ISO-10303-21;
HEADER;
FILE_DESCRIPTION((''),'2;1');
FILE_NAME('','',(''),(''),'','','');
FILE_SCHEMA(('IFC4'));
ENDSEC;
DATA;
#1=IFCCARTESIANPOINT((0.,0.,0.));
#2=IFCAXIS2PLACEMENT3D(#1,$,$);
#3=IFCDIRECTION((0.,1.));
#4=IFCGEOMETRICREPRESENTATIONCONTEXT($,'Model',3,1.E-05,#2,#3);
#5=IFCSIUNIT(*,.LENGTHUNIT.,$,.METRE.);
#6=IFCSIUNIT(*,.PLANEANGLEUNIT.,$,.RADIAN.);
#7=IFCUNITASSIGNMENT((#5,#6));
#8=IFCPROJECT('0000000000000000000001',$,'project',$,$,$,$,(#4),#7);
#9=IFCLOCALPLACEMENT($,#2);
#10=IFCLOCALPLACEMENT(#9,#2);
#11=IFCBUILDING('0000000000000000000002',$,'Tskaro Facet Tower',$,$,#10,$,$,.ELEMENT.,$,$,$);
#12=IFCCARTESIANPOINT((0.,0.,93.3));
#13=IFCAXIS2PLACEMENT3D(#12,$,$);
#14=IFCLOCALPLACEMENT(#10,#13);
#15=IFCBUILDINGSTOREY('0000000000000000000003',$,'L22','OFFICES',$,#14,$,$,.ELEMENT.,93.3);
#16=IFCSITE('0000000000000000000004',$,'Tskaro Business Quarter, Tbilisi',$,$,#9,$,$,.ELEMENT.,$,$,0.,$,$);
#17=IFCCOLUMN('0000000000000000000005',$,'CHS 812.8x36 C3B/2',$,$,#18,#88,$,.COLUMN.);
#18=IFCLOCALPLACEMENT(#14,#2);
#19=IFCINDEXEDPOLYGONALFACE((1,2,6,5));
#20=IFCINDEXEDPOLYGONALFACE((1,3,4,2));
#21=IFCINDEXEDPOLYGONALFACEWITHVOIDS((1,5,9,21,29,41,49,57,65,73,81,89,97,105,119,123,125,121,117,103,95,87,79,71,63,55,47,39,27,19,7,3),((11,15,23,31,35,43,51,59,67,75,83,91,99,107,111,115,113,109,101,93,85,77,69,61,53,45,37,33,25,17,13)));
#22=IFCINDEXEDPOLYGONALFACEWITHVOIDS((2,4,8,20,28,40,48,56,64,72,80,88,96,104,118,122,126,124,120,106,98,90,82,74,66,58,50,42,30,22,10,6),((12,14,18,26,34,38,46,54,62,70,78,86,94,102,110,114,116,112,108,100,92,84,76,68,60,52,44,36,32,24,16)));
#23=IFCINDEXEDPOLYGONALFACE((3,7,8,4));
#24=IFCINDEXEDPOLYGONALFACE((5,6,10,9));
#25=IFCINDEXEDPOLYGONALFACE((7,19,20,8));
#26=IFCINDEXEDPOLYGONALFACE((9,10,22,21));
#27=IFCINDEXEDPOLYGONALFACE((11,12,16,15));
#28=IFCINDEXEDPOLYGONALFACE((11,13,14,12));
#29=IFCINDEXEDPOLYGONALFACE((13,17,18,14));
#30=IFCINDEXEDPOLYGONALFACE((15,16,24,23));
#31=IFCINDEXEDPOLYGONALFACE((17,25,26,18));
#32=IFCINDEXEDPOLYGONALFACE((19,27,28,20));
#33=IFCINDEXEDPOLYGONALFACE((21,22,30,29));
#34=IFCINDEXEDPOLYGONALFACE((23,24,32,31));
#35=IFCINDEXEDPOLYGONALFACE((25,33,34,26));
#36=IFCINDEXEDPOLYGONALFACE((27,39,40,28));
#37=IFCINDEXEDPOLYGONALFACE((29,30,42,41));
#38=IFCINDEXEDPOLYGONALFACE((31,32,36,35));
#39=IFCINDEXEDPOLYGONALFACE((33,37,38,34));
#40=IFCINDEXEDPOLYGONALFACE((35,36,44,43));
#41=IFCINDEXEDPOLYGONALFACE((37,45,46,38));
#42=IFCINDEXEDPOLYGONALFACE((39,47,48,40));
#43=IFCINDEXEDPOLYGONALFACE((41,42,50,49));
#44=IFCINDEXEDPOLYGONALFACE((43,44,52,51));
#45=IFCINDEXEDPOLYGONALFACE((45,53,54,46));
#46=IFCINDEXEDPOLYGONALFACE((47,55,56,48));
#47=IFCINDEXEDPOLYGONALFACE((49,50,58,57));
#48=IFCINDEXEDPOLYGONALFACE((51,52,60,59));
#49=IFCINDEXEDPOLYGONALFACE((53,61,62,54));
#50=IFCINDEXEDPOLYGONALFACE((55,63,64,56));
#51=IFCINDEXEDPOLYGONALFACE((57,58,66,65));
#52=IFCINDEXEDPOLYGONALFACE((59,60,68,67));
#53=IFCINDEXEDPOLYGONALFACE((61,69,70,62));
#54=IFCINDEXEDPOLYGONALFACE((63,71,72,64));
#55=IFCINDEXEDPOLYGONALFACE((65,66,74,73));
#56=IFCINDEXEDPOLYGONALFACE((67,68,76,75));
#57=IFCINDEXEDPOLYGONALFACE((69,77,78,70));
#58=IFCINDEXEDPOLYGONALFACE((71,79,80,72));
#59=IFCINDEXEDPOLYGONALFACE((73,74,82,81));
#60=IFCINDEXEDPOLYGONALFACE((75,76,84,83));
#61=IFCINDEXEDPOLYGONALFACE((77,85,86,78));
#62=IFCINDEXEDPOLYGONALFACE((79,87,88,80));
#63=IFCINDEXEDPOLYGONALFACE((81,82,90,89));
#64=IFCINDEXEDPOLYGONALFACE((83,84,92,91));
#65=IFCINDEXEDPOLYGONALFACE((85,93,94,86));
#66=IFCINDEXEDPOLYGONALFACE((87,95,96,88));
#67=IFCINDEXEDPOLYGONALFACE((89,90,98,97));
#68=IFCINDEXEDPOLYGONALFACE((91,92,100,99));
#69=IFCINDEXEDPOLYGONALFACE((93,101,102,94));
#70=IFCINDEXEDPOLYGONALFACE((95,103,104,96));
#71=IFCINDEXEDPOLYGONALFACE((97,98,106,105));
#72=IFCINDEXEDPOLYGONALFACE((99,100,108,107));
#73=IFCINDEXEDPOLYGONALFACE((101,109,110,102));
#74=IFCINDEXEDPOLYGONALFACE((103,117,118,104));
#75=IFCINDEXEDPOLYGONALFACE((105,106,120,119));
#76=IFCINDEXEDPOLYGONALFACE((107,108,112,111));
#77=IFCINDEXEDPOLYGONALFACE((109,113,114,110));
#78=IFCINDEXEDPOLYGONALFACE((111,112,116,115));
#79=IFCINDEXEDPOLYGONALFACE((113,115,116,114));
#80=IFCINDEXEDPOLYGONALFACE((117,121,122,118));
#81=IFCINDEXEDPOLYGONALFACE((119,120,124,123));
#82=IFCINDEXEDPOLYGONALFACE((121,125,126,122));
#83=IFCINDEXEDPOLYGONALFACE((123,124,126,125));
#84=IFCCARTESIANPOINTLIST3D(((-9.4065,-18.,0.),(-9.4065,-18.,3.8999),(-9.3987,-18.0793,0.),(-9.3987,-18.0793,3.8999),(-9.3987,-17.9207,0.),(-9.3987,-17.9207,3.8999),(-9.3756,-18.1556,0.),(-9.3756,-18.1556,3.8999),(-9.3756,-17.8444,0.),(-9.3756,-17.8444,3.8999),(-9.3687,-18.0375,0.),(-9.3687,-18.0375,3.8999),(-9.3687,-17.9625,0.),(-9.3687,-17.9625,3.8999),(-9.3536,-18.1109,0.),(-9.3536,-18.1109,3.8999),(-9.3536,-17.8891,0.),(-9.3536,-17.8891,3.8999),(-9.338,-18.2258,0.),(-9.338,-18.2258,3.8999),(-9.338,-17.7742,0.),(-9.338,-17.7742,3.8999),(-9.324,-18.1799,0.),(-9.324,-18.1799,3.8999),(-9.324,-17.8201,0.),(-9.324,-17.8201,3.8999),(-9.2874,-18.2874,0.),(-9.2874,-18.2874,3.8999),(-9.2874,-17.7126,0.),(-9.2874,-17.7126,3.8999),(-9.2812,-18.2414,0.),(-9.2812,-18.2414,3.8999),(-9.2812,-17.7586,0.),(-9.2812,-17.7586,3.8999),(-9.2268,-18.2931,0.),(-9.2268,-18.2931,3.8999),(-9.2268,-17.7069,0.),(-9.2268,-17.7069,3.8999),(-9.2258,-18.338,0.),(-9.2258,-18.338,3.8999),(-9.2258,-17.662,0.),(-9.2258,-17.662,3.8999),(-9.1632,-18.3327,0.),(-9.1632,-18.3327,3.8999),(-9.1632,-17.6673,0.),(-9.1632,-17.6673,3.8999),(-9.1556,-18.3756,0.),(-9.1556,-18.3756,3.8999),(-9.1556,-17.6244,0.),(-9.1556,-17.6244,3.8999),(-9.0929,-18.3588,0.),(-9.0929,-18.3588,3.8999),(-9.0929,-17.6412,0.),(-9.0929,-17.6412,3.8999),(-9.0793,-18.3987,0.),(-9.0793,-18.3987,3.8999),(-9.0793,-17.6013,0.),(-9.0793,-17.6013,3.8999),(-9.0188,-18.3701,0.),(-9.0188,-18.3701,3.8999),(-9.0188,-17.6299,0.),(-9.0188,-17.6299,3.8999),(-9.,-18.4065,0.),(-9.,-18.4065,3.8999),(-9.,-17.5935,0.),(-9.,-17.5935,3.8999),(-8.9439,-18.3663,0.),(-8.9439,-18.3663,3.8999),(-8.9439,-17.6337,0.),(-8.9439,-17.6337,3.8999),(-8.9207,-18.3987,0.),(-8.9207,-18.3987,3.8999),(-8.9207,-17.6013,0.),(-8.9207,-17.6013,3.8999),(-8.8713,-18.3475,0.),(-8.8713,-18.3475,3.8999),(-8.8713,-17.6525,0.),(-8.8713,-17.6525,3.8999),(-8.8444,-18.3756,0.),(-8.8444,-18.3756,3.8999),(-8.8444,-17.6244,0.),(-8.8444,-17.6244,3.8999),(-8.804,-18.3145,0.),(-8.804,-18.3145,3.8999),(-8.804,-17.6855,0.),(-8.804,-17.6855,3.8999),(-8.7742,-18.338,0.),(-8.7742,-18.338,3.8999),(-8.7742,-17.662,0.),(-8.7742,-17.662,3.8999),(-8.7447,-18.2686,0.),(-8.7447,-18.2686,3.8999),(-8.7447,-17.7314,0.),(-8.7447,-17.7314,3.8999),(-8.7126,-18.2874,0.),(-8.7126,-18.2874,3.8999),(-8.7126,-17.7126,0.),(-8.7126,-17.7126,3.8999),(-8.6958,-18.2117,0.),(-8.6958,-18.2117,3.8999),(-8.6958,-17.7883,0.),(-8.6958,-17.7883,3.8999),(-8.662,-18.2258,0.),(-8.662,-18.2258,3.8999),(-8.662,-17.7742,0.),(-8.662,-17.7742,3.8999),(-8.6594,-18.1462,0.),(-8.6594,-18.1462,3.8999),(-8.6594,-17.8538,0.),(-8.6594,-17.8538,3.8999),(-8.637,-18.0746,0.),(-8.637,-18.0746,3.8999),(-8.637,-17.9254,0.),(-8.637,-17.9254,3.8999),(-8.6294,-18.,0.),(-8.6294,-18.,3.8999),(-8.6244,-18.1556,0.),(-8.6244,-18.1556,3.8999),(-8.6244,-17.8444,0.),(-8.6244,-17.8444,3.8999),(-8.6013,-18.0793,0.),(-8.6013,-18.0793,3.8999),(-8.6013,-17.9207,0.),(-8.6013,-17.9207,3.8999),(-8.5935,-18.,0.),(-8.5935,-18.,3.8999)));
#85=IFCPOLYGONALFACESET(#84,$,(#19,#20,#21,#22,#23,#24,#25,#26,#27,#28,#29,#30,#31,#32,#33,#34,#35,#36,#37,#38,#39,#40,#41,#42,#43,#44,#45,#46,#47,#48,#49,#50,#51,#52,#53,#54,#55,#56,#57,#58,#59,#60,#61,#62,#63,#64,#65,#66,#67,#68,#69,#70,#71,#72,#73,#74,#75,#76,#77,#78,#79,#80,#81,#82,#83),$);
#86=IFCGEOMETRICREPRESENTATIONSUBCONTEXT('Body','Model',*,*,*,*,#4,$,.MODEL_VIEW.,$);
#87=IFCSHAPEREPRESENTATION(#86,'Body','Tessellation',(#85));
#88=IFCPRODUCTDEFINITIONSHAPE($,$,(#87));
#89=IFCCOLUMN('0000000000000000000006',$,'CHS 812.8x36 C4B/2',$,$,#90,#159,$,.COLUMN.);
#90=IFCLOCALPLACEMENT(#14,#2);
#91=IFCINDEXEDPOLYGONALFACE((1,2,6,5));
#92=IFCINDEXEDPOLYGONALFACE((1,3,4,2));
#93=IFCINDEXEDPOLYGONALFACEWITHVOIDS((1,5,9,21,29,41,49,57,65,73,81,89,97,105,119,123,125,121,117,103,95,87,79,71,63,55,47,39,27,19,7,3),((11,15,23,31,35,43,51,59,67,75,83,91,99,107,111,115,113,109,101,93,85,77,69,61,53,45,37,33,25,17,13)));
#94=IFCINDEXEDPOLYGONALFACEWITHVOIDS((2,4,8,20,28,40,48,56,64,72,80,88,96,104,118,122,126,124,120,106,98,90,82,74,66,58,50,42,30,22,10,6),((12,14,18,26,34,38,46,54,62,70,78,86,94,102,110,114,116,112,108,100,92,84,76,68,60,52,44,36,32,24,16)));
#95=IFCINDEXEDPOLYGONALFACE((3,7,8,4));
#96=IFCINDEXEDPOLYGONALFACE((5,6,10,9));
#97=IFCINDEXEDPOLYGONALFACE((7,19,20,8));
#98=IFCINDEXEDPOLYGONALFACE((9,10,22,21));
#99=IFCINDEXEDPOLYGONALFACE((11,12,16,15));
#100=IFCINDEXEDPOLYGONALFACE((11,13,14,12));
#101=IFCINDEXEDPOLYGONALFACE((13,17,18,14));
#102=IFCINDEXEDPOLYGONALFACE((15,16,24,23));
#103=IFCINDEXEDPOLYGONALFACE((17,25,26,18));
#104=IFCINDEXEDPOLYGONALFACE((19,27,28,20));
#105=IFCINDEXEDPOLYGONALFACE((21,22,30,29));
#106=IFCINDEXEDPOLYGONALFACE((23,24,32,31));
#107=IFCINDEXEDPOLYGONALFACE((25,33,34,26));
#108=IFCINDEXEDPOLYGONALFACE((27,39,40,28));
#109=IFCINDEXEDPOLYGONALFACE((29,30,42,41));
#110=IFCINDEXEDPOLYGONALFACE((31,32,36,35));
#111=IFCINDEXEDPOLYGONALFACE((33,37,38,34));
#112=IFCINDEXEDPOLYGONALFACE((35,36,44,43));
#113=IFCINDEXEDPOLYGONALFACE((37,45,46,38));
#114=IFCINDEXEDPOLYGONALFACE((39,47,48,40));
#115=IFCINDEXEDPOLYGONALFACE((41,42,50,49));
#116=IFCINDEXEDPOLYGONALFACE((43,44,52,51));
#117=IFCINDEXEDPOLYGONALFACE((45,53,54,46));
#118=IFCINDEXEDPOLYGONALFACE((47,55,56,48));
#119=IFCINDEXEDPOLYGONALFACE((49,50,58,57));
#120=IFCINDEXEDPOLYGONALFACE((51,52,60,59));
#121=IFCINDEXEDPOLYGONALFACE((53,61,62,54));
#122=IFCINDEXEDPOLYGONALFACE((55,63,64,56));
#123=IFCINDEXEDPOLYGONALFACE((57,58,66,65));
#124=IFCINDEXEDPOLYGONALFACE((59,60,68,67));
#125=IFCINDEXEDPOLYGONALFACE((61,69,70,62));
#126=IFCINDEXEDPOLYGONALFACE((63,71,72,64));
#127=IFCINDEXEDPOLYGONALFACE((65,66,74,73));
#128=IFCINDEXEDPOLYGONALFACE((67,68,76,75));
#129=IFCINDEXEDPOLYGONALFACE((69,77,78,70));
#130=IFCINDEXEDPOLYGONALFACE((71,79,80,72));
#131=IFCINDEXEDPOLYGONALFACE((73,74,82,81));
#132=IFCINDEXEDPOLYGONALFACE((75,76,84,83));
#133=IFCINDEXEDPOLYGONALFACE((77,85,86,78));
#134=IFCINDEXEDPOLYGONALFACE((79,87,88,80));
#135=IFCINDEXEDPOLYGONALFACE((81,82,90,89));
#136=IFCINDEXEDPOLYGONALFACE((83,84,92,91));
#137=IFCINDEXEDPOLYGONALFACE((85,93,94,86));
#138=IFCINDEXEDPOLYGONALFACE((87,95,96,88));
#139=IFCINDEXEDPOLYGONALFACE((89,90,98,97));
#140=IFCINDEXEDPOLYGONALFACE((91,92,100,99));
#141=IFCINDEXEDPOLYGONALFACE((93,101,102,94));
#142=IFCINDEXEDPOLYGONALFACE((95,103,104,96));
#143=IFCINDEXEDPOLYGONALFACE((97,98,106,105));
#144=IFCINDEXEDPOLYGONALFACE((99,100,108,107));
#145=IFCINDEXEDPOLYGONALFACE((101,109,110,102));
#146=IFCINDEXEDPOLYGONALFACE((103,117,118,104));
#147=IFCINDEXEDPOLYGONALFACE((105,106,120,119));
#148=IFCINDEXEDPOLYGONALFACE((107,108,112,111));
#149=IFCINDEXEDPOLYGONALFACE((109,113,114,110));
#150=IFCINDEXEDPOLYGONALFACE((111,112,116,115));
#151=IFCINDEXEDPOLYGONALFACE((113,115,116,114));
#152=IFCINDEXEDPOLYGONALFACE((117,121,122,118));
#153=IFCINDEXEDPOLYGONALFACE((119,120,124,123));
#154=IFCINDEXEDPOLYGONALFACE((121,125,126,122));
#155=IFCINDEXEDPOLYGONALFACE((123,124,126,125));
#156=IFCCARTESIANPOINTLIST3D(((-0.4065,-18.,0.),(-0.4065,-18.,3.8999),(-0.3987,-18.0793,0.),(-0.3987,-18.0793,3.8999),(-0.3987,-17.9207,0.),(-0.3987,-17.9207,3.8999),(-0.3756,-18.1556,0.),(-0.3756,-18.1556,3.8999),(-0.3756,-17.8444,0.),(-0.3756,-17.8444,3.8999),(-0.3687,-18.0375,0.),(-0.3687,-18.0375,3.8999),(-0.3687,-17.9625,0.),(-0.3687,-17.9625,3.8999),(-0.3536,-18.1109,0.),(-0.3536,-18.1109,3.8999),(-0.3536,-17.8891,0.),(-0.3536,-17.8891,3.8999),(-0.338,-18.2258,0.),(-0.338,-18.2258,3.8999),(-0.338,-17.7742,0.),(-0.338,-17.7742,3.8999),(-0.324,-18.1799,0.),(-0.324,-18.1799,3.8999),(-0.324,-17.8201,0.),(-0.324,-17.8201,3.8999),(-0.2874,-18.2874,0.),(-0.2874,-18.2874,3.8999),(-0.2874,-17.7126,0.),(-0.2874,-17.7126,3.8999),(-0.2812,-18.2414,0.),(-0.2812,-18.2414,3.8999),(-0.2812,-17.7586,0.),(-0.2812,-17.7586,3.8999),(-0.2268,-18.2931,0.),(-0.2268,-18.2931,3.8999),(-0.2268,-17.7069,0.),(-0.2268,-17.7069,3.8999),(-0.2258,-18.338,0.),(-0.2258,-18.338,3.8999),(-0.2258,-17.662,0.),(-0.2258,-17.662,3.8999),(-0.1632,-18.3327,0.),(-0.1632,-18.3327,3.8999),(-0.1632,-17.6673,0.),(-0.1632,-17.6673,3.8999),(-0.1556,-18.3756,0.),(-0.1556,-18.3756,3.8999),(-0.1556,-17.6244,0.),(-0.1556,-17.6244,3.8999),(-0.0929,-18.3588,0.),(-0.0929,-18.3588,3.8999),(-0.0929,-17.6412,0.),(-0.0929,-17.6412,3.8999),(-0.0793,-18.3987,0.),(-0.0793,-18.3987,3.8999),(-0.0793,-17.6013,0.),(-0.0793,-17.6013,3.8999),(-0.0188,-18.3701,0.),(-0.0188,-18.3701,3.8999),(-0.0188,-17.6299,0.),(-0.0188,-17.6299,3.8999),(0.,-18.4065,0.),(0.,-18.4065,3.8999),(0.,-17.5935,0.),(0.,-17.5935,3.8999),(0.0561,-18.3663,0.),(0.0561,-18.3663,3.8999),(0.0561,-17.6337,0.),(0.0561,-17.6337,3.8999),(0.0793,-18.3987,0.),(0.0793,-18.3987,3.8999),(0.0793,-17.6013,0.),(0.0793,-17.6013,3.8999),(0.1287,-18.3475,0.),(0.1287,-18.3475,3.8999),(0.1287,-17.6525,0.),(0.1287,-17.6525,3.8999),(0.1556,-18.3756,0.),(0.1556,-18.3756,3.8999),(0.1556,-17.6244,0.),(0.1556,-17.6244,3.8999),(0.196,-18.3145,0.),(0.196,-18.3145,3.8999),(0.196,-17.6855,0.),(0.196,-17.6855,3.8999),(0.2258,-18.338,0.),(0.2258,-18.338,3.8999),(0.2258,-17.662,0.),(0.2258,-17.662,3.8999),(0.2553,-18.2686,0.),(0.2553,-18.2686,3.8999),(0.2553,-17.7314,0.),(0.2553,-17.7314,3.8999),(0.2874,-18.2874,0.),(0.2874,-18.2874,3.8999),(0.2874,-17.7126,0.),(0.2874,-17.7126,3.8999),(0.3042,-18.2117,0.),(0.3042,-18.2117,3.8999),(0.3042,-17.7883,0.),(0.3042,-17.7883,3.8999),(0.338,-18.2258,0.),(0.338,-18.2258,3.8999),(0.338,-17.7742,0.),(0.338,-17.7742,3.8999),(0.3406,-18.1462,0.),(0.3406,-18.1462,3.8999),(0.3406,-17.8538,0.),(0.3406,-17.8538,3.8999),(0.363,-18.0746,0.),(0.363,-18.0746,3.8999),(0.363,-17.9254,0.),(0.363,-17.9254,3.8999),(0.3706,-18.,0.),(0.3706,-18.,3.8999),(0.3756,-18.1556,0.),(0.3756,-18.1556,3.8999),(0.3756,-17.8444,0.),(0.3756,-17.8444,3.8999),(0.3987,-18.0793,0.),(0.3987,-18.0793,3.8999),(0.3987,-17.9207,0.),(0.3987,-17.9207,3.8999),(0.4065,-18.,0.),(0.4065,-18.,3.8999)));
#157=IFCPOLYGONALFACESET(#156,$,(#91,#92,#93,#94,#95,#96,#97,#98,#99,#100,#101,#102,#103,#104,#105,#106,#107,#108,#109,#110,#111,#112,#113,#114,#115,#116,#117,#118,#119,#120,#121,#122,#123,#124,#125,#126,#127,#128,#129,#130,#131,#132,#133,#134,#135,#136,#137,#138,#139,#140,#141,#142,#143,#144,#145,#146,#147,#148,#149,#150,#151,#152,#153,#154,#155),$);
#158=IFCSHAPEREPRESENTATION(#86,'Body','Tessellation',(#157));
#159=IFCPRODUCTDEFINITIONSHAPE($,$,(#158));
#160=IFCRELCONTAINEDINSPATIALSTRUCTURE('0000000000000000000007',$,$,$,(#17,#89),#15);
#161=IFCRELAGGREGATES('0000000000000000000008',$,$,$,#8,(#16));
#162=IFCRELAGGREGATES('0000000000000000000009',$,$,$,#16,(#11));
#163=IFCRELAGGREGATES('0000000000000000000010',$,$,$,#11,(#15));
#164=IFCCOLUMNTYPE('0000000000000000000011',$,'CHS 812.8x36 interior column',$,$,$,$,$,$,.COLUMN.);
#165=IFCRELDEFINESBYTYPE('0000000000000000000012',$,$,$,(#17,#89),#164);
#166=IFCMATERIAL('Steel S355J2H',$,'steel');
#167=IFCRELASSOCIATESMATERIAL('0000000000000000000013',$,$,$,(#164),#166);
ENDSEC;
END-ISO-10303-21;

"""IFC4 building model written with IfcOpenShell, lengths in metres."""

from ifc_helpers import new_model, si_unit, direction, frame, origin, origin_2d, place, context, subcontext, project, spatial, hollow_circle, extrude, material, material_profile, profile_set, type_object, element, save


model = new_model("IFC4")

# Units and contexts
model_context = context("Model", 3, precision=1e-05, world=origin(), true_north=direction((0.0, 1.0)))
body_context = subcontext(model_context, "Body", "Model", "MODEL_VIEW")
ifc_project = project(units=[si_unit("LENGTHUNIT", "METRE"), si_unit("PLANEANGLEUNIT", "RADIAN")], contexts=[model_context])

# Site, building, storey
site_placement = place(None, origin())
site = spatial("IfcSite", under=ifc_project, at=site_placement, Name="Tskaro Business Quarter, Tbilisi", CompositionType="ELEMENT", RefElevation=0.0)
building_placement = place(site_placement, origin())
building = spatial("IfcBuilding", under=site, at=building_placement, Name="Tskaro Facet Tower", CompositionType="ELEMENT")
storey_placement = place(building_placement, frame((0.0, 0.0, 93.3)))
storey = spatial("IfcBuildingStorey", under=building, at=storey_placement, Name="L22", Description="OFFICES", CompositionType="ELEMENT", Elevation=93.3)

# Columns
ifc_material_1 = material(Name="Steel S355J2H", Category="steel")
ifc_material_profile_1 = material_profile(ifc_material_1, hollow_circle(Radius=0.4065, WallThickness=0.0359, at=origin_2d()), Name="CHS 812.8x36")
ifc_profile_set_1 = profile_set([ifc_material_profile_1], Name="Steel S355J2H")
column_type_1 = type_object("IfcColumnType", Name="CHS 812.8x36 interior column", PredefinedType="COLUMN", material=ifc_profile_set_1)
for number, where, z_axis, x_axis, name in (
    (1, (-9.0, -18.0, 0.0), (0.0, 0.0, 1.0), (1.0, 0.0, 0.0), "CHS 812.8x36 C3B/2"),
    (2, (0.0, -18.0, 0.0), (0.0, 0.0, 1.0), (1.0, 0.0, 0.0), "CHS 812.8x36 C4B/2"),
):
    element("IfcColumn", number, at=place(storey_placement, frame(where, z_axis=z_axis, x_axis=x_axis)), inside=storey, type_object=column_type_1, Name=name, PredefinedType="COLUMN", context=body_context, shape_type="SweptSolid", body=[
        extrude(hollow_circle(Radius=0.4065, WallThickness=0.0359, at=origin_2d()), origin(), (0.0, 0.0, 1.0), 3.8999),
    ])

save(model, "model.ifc")
